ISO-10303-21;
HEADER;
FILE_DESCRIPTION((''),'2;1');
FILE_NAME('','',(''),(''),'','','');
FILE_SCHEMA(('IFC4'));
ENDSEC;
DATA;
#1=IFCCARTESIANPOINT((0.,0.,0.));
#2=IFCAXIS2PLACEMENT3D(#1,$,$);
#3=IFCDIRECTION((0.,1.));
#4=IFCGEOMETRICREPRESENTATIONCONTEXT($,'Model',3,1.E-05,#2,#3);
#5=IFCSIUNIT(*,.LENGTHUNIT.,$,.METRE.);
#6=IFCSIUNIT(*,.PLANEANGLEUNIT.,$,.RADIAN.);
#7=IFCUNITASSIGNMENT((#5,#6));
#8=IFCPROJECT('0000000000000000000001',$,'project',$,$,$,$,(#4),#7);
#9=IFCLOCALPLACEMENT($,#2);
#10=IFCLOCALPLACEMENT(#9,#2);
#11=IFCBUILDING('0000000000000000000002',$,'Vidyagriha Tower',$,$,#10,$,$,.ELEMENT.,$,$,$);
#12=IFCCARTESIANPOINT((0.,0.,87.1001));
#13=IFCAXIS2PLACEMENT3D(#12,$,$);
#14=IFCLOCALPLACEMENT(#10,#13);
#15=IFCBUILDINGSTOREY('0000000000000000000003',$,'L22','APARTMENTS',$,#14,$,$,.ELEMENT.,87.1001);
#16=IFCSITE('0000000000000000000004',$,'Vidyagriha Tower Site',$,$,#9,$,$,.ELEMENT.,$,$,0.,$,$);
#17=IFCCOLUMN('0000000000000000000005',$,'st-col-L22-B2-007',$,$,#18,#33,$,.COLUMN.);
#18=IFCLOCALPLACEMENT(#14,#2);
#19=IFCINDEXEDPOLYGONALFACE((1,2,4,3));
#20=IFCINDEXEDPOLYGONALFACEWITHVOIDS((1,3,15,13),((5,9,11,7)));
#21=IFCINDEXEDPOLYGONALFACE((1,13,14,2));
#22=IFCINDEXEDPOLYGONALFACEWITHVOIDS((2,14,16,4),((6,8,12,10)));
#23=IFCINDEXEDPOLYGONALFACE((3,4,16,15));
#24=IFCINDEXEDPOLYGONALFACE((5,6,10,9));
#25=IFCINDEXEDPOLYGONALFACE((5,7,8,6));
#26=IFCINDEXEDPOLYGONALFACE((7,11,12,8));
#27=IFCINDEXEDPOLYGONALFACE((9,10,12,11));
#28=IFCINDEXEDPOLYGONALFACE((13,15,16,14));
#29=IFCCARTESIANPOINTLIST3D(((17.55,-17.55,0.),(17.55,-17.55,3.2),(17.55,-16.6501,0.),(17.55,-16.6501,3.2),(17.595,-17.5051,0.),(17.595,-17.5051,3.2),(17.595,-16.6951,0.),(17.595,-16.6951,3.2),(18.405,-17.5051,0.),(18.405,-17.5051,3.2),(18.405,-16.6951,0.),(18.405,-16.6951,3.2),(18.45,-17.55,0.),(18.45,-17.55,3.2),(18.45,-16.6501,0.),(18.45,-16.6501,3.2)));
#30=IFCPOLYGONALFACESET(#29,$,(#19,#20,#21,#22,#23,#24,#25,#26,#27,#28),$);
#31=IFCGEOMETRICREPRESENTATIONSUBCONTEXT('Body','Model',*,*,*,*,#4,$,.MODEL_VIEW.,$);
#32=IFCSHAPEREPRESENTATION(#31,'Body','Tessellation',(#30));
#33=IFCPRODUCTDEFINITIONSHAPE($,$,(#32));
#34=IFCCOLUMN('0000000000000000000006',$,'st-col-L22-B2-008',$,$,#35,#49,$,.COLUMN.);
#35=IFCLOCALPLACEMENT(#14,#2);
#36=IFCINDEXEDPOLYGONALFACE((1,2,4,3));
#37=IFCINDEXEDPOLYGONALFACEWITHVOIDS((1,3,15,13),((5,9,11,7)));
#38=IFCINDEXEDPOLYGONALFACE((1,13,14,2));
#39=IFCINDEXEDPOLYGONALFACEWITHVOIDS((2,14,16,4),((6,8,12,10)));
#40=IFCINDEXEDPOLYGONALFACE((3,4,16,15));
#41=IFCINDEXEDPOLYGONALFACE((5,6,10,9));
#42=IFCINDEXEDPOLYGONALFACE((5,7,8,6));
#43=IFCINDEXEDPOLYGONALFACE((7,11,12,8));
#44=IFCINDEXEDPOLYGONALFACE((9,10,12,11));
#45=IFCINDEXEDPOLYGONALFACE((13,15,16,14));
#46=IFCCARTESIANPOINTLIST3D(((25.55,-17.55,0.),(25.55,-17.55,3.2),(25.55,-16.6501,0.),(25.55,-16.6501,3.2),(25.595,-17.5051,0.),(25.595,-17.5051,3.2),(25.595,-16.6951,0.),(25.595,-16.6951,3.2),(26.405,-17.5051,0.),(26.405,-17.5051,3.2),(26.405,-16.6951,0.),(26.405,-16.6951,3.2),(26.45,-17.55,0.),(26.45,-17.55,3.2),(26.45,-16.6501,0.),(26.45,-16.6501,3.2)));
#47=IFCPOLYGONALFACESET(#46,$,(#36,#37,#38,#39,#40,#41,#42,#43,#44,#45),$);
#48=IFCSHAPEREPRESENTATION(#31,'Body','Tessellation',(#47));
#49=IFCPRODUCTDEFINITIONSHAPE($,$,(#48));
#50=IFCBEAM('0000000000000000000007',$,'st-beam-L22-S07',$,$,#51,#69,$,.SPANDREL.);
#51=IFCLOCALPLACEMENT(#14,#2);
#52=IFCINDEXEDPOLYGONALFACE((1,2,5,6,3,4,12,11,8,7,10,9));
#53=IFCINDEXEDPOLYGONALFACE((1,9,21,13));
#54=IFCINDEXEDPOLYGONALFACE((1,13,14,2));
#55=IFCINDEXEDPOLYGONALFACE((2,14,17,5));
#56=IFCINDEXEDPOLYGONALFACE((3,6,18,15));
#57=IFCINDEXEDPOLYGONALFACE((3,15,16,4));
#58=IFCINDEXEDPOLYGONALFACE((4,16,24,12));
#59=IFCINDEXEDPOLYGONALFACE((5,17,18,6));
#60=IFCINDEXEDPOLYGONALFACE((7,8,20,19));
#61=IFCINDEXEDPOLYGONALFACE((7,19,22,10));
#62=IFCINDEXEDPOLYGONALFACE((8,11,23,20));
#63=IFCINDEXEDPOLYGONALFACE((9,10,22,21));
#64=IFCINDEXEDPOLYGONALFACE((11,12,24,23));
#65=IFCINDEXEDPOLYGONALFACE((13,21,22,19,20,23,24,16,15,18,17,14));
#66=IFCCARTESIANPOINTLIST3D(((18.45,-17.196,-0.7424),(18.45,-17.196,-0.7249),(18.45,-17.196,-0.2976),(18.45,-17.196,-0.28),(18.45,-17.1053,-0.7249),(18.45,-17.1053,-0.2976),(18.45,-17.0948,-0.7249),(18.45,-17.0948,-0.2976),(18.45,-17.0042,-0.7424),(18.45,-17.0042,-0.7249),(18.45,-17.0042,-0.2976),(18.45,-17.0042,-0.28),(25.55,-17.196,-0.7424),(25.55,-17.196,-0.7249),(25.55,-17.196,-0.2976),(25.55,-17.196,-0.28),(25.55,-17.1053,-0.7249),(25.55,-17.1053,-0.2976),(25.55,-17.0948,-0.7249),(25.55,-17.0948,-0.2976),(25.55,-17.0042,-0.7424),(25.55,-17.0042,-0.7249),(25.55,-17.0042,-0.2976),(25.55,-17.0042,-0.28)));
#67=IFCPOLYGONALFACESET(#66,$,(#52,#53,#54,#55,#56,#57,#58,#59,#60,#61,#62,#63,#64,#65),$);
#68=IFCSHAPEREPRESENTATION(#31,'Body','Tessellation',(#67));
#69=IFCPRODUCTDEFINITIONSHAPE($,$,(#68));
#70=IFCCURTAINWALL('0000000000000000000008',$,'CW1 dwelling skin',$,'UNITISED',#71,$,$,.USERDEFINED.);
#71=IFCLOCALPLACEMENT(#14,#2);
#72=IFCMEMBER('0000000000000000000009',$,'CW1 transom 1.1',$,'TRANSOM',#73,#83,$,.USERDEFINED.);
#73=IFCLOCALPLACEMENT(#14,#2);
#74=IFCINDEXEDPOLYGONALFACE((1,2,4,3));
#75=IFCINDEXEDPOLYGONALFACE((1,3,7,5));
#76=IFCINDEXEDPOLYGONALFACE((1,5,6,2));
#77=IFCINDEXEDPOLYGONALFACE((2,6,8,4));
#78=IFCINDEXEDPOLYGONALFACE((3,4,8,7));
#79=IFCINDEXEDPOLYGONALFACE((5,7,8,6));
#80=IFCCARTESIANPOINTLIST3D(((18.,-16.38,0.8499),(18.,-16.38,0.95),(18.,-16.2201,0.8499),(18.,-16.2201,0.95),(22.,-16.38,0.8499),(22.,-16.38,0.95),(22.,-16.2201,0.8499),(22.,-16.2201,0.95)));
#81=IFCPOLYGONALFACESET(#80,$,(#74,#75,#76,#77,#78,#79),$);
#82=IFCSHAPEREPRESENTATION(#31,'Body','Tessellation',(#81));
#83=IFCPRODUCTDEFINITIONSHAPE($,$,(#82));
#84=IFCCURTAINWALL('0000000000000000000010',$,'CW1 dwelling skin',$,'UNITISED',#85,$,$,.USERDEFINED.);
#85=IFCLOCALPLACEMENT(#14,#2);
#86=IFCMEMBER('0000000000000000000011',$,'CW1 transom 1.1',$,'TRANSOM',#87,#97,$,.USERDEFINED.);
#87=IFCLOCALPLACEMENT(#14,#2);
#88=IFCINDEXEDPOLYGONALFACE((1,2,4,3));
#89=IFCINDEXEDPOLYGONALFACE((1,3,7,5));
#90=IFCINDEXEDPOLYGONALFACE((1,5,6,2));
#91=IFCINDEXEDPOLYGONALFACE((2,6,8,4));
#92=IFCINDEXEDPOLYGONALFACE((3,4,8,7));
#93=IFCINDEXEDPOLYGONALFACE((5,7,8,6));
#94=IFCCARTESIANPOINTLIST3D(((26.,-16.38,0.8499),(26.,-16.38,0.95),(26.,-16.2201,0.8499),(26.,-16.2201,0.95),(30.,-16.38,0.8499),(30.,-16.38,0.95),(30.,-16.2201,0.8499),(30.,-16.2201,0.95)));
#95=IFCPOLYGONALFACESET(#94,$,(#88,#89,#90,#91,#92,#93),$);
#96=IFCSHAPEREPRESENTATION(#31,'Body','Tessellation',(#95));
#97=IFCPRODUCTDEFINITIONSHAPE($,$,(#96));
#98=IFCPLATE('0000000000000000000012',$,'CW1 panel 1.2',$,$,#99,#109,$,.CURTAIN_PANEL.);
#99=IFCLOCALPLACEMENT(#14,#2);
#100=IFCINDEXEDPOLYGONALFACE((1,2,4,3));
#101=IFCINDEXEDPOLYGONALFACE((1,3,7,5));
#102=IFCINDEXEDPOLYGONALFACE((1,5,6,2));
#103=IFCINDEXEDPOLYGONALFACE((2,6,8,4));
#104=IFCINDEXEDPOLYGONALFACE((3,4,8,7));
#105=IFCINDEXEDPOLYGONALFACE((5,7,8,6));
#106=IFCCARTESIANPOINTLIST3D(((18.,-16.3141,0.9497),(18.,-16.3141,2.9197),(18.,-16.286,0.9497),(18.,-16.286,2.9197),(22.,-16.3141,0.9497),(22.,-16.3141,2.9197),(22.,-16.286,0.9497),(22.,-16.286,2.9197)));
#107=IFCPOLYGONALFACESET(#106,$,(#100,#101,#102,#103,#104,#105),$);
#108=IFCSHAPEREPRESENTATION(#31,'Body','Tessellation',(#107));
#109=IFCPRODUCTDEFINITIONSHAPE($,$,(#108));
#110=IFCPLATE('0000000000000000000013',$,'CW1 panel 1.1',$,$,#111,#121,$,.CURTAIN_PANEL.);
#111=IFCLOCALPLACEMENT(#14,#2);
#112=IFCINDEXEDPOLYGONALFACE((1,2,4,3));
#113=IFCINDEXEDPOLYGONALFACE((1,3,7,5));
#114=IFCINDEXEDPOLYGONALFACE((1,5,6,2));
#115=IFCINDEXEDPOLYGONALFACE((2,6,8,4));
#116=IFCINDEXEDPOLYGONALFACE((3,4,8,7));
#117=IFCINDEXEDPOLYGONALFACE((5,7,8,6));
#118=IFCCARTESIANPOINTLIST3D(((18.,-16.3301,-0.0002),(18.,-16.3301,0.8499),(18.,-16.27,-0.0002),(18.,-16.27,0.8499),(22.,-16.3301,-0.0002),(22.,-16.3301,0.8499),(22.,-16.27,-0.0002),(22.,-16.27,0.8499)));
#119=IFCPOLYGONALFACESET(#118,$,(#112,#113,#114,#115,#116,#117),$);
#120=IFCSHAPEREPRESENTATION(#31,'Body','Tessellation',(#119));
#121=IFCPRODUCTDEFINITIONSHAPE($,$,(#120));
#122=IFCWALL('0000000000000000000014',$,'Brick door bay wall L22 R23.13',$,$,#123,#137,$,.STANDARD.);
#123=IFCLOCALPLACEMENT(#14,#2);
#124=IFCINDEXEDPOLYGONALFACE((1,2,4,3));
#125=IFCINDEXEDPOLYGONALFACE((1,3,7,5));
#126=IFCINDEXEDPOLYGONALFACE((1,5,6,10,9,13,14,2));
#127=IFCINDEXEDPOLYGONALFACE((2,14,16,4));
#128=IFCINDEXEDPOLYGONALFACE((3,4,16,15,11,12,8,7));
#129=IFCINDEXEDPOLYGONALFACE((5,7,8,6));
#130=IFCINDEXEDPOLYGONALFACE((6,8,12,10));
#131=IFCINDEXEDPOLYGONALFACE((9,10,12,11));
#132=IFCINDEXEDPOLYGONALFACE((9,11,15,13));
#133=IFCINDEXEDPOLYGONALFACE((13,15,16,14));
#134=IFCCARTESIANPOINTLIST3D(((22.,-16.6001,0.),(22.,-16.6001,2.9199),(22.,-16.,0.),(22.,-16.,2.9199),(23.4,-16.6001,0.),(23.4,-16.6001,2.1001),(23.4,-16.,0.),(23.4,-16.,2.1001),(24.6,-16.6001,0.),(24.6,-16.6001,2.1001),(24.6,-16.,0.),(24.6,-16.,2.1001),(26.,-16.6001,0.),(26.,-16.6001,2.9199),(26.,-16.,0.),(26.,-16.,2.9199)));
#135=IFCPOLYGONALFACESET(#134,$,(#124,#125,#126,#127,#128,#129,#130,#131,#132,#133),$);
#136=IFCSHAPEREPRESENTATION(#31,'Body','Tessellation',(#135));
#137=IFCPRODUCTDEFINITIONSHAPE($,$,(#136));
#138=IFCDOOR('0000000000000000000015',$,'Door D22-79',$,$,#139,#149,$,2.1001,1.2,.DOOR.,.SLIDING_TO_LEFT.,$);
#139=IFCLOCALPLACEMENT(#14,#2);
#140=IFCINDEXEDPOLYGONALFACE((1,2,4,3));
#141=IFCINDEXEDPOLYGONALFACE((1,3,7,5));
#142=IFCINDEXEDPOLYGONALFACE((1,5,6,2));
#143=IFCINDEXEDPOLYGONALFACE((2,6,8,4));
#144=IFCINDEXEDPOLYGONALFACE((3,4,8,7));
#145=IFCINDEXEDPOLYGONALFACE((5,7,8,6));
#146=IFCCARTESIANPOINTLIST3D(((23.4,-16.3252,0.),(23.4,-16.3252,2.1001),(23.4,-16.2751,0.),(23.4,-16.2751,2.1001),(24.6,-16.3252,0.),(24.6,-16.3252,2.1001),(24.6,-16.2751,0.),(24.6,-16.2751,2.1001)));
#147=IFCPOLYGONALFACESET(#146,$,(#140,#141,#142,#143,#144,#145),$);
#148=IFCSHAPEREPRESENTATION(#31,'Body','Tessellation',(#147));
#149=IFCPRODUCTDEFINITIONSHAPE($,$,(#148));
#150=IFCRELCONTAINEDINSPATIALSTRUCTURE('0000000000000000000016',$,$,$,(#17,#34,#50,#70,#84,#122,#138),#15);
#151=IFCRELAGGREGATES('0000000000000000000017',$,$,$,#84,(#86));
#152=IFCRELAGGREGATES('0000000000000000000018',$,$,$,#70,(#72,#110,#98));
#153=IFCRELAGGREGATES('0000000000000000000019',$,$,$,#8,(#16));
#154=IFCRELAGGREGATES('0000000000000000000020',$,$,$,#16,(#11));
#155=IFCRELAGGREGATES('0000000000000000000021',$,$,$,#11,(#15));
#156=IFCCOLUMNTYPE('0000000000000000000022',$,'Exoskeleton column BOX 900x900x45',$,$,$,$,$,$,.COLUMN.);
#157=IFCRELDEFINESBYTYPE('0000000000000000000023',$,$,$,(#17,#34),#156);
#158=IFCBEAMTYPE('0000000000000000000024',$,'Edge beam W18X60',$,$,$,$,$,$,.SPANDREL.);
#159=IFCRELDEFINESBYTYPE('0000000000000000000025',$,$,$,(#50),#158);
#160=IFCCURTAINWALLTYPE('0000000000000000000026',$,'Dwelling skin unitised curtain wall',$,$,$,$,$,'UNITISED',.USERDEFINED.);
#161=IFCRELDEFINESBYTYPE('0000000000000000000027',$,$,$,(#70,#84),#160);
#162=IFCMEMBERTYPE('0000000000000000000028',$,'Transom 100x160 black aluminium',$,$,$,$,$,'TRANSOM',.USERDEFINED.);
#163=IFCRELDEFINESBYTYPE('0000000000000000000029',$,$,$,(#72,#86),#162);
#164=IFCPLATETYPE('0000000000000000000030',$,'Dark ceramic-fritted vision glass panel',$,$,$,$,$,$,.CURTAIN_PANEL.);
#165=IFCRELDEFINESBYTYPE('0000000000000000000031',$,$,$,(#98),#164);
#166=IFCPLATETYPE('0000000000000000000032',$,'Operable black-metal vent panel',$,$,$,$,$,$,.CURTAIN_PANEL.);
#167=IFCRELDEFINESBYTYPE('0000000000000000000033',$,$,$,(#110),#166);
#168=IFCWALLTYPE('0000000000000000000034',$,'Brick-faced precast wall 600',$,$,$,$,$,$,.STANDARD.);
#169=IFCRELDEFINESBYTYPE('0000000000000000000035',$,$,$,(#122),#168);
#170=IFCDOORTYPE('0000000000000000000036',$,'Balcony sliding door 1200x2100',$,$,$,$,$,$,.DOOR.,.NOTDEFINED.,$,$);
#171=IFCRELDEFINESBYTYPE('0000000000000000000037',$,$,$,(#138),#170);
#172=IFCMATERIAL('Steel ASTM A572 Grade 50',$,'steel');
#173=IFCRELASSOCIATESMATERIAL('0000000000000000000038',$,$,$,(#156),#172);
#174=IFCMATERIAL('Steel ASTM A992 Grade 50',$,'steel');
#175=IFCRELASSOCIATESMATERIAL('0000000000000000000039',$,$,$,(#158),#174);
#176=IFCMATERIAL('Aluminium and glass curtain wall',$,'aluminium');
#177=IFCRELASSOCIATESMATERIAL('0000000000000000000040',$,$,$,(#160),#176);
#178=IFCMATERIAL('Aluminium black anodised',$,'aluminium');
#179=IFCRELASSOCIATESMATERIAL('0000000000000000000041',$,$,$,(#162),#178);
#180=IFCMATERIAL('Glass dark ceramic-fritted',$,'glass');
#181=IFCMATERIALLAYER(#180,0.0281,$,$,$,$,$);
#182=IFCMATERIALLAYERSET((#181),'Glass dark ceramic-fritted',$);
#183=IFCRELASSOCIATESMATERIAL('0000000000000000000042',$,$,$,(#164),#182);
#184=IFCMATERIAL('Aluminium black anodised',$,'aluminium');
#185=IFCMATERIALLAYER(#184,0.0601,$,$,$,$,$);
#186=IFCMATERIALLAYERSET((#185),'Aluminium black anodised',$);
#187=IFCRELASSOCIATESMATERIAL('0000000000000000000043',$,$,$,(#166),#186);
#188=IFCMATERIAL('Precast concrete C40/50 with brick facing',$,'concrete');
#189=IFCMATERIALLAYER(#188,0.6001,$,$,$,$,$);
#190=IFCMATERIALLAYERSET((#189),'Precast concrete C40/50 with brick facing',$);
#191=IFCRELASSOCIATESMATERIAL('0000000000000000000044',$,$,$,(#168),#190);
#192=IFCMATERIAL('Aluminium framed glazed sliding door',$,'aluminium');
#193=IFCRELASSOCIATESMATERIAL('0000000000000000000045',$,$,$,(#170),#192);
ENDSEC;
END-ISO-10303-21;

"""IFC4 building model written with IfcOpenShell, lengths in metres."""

from ifc_helpers import new_model, si_unit, direction, frame, frame_2d, origin, origin_2d, place, context, subcontext, project, spatial, rectangle, hollow_rectangle, i_section, extrude, material, layer, layer_set, material_profile, profile_set, type_object, element, fill, aggregate, save


model = new_model("IFC4")

# Units and contexts
model_context = context("Model", 3, precision=1e-05, world=origin(), true_north=direction((0.0, 1.0)))
body_context = subcontext(model_context, "Body", "Model", "MODEL_VIEW")
ifc_project = project(units=[si_unit("LENGTHUNIT", "METRE"), si_unit("PLANEANGLEUNIT", "RADIAN")], contexts=[model_context])

# Site, building, storey
site_placement = place(None, origin())
site = spatial("IfcSite", under=ifc_project, at=site_placement, Name="Vidyagriha Tower Site", CompositionType="ELEMENT", RefElevation=0.0)
building_placement = place(site_placement, origin())
building = spatial("IfcBuilding", under=site, at=building_placement, Name="Vidyagriha Tower", CompositionType="ELEMENT")
storey_placement = place(building_placement, frame((0.0, 0.0, 87.1001)))
storey = spatial("IfcBuildingStorey", under=building, at=storey_placement, Name="L22", Description="APARTMENTS", CompositionType="ELEMENT", Elevation=87.1001)

# Columns
ifc_material_1 = material(Name="Steel ASTM A572 Grade 50", Category="steel")
ifc_material_profile_1 = material_profile(ifc_material_1, hollow_rectangle(XDim=0.8999, YDim=0.8999, WallThickness=0.0449, at=origin_2d()), Name="BOX 900x900x45")
ifc_profile_set_1 = profile_set([ifc_material_profile_1], Name="Steel ASTM A572 Grade 50")
column_type = type_object("IfcColumnType", Name="Exoskeleton column BOX 900x900x45", PredefinedType="COLUMN", material=ifc_profile_set_1)
for number, where, name in (
    (1, (18.0, -17.1001, 0.0), "st-col-L22-B2-007"),
    (2, (26.0, -17.1001, 0.0), "st-col-L22-B2-008"),
):
    element("IfcColumn", number, at=place(storey_placement, frame(where)), inside=storey, type_object=column_type, Name=name, PredefinedType="COLUMN", context=body_context, shape_type="SweptSolid", body=[
        extrude(hollow_rectangle(XDim=0.8999, YDim=0.8999, WallThickness=0.0449, at=origin_2d()), origin(), (0.0, 0.0, 1.0), 3.2),
    ])

# Beam
ifc_material_2 = material(Name="Steel ASTM A992 Grade 50", Category="steel")
ifc_material_profile_2 = material_profile(ifc_material_2, i_section(OverallWidth=0.1919, OverallDepth=0.4624, WebThickness=0.0105, FlangeThickness=0.0176, at=origin_2d()), Name="W18X60")
ifc_profile_set_2 = profile_set([ifc_material_profile_2], Name="Steel ASTM A992 Grade 50")
beam_type = type_object("IfcBeamType", Name="Edge beam W18X60", PredefinedType="SPANDREL", material=ifc_profile_set_2)
beam_placement = place(storey_placement, frame((18.45, -17.1001, -0.5112), z_axis=(1.0, 0.0, 0.0), x_axis=(0.0, 1.0, 0.0)))
element("IfcBeam", 3, at=beam_placement, inside=storey, type_object=beam_type, Name="st-beam-L22-S07", PredefinedType="SPANDREL", context=body_context, shape_type="SweptSolid", body=[
    extrude(i_section(OverallWidth=0.1919, OverallDepth=0.4624, WebThickness=0.0105, FlangeThickness=0.0176, at=origin_2d()), origin(), (0.0, 0.0, 1.0), 7.1001),
])

# Curtain walls, members
ifc_material_3 = material(Name="Aluminium and glass curtain wall", Category="aluminium")
curtain_wall_type = type_object("IfcCurtainWallType", Name="Dwelling skin unitised curtain wall", ElementType="UNITISED", PredefinedType="USERDEFINED", material=ifc_material_3)
curtain_wall_1_placement = place(storey_placement, origin())
curtain_wall_1 = element("IfcCurtainWall", 4, at=curtain_wall_1_placement, inside=storey, type_object=curtain_wall_type, Name="CW1 dwelling skin", ObjectType="UNITISED", PredefinedType="USERDEFINED")
ifc_material_4 = material(Name="Aluminium black anodised", Category="aluminium")
ifc_material_profile_3 = material_profile(ifc_material_4, rectangle(XDim=0.1599, YDim=0.1001, at=origin_2d()), Name="Transom 100x160 black aluminium")
ifc_profile_set_3 = profile_set([ifc_material_profile_3], Name="Aluminium black anodised")
member_type = type_object("IfcMemberType", Name="Transom 100x160 black aluminium", ElementType="TRANSOM", PredefinedType="USERDEFINED", material=ifc_profile_set_3)
member_1_placement = place(storey_placement, frame((18.0, -16.3, 0.8999), z_axis=(1.0, 0.0, 0.0), x_axis=(0.0, 1.0, 0.0)))
member_1 = element("IfcMember", 5, at=member_1_placement, type_object=member_type, Name="CW1 transom 1.1", ObjectType="TRANSOM", PredefinedType="USERDEFINED", context=body_context, shape_type="SweptSolid", body=[
    extrude(rectangle(XDim=0.1599, YDim=0.1001, at=origin_2d()), origin(), (0.0, 0.0, 1.0), 4.0),
])
curtain_wall_2_placement = place(storey_placement, origin())
curtain_wall_2 = element("IfcCurtainWall", 6, at=curtain_wall_2_placement, inside=storey, type_object=curtain_wall_type, Name="CW1 dwelling skin", ObjectType="UNITISED", PredefinedType="USERDEFINED")
member_2_placement = place(storey_placement, frame((26.0, -16.3, 0.8999), z_axis=(1.0, 0.0, 0.0), x_axis=(0.0, 1.0, 0.0)))
member_2 = element("IfcMember", 7, at=member_2_placement, type_object=member_type, Name="CW1 transom 1.1", ObjectType="TRANSOM", PredefinedType="USERDEFINED", context=body_context, shape_type="SweptSolid", body=[
    extrude(rectangle(XDim=0.1599, YDim=0.1001, at=origin_2d()), origin(), (0.0, 0.0, 1.0), 4.0),
])
aggregate(curtain_wall_2, [member_2])

# Plates
ifc_material_5 = material(Name="Glass dark ceramic-fritted", Category="glass")
ifc_layer_1 = layer(ifc_material_5, 0.0281)
ifc_layer_set_1 = layer_set([ifc_layer_1], Name="Glass dark ceramic-fritted")
plate_type_1 = type_object("IfcPlateType", Name="Dark ceramic-fritted vision glass panel", PredefinedType="CURTAIN_PANEL", material=ifc_layer_set_1)
plate_1_placement = place(storey_placement, frame((20.0, -16.3, 0.9497)))
plate_1 = element("IfcPlate", 8, at=plate_1_placement, type_object=plate_type_1, Name="CW1 panel 1.2", PredefinedType="CURTAIN_PANEL", context=body_context, shape_type="SweptSolid", body=[
    extrude(rectangle(XDim=4.0, YDim=0.0281, at=origin_2d()), origin(), (0.0, 0.0, 1.0), 1.97),
])
ifc_material_6 = material(Name="Aluminium black anodised", Category="aluminium")
ifc_layer_2 = layer(ifc_material_6, 0.0601)
ifc_layer_set_2 = layer_set([ifc_layer_2], Name="Aluminium black anodised")
plate_type_2 = type_object("IfcPlateType", Name="Operable black-metal vent panel", PredefinedType="CURTAIN_PANEL", material=ifc_layer_set_2)
plate_2_placement = place(storey_placement, frame((20.0, -16.3, -0.0002)))
plate_2 = element("IfcPlate", 9, at=plate_2_placement, type_object=plate_type_2, Name="CW1 panel 1.1", PredefinedType="CURTAIN_PANEL", context=body_context, shape_type="SweptSolid", body=[
    extrude(rectangle(XDim=4.0, YDim=0.0601, at=origin_2d()), origin(), (0.0, 0.0, 1.0), 0.8501),
])
aggregate(curtain_wall_1, [member_1, plate_2, plate_1])

# Wall, opening, door
ifc_material_7 = material(Name="Precast concrete C40/50 with brick facing", Category="concrete")
ifc_layer_3 = layer(ifc_material_7, 0.6001)
ifc_layer_set_3 = layer_set([ifc_layer_3], Name="Precast concrete C40/50 with brick facing")
wall_type = type_object("IfcWallType", Name="Brick-faced precast wall 600", PredefinedType="STANDARD", material=ifc_layer_set_3)
wall_placement = place(storey_placement, frame((22.0, -16.3, 0.0)))
wall = element("IfcWall", 10, at=wall_placement, inside=storey, type_object=wall_type, Name="Brick door bay wall L22 R23.13", PredefinedType="STANDARD", context=body_context, shape_type="SweptSolid", body=[
    extrude(rectangle(XDim=4.0, YDim=0.6001, at=frame_2d((2.0, 0.0))), origin(), (0.0, 0.0, 1.0), 2.9199),
])
opening_placement = place(wall_placement, frame((1.3999, 0.0, 0.0)))
opening = element("IfcOpeningElement", 11, at=opening_placement, cuts=wall, PredefinedType="OPENING", context=body_context, shape_type="SweptSolid", body=[
    extrude(rectangle(XDim=1.2, YDim=2.1001, at=frame_2d((0.6001, 1.05))), frame((0.0, 0.3101, 0.0), z_axis=(0.0, -1.0, 0.0), x_axis=(1.0, 0.0, 0.0)), (0.0, 0.0, 1.0), 0.6201),
])
ifc_material_8 = material(Name="Aluminium framed glazed sliding door", Category="aluminium")
door_type = type_object("IfcDoorType", Name="Balcony sliding door 1200x2100", OperationType="NOTDEFINED", PredefinedType="DOOR", material=ifc_material_8)
door_placement = place(opening_placement, origin())
door = element("IfcDoor", 12, at=door_placement, inside=storey, type_object=door_type, Name="Door D22-79", OperationType="SLIDING_TO_LEFT", OverallHeight=2.1001, OverallWidth=1.2, PredefinedType="DOOR", context=body_context, shape_type="SweptSolid", body=[
    extrude(rectangle(XDim=1.2, YDim=2.1001, at=frame_2d((0.6001, 1.05))), frame((0.0, 0.0249, 0.0), z_axis=(0.0, -1.0, 0.0), x_axis=(1.0, 0.0, 0.0)), (0.0, 0.0, 1.0), 0.05),
])
fill(opening, door)

save(model, "model.ifc")
